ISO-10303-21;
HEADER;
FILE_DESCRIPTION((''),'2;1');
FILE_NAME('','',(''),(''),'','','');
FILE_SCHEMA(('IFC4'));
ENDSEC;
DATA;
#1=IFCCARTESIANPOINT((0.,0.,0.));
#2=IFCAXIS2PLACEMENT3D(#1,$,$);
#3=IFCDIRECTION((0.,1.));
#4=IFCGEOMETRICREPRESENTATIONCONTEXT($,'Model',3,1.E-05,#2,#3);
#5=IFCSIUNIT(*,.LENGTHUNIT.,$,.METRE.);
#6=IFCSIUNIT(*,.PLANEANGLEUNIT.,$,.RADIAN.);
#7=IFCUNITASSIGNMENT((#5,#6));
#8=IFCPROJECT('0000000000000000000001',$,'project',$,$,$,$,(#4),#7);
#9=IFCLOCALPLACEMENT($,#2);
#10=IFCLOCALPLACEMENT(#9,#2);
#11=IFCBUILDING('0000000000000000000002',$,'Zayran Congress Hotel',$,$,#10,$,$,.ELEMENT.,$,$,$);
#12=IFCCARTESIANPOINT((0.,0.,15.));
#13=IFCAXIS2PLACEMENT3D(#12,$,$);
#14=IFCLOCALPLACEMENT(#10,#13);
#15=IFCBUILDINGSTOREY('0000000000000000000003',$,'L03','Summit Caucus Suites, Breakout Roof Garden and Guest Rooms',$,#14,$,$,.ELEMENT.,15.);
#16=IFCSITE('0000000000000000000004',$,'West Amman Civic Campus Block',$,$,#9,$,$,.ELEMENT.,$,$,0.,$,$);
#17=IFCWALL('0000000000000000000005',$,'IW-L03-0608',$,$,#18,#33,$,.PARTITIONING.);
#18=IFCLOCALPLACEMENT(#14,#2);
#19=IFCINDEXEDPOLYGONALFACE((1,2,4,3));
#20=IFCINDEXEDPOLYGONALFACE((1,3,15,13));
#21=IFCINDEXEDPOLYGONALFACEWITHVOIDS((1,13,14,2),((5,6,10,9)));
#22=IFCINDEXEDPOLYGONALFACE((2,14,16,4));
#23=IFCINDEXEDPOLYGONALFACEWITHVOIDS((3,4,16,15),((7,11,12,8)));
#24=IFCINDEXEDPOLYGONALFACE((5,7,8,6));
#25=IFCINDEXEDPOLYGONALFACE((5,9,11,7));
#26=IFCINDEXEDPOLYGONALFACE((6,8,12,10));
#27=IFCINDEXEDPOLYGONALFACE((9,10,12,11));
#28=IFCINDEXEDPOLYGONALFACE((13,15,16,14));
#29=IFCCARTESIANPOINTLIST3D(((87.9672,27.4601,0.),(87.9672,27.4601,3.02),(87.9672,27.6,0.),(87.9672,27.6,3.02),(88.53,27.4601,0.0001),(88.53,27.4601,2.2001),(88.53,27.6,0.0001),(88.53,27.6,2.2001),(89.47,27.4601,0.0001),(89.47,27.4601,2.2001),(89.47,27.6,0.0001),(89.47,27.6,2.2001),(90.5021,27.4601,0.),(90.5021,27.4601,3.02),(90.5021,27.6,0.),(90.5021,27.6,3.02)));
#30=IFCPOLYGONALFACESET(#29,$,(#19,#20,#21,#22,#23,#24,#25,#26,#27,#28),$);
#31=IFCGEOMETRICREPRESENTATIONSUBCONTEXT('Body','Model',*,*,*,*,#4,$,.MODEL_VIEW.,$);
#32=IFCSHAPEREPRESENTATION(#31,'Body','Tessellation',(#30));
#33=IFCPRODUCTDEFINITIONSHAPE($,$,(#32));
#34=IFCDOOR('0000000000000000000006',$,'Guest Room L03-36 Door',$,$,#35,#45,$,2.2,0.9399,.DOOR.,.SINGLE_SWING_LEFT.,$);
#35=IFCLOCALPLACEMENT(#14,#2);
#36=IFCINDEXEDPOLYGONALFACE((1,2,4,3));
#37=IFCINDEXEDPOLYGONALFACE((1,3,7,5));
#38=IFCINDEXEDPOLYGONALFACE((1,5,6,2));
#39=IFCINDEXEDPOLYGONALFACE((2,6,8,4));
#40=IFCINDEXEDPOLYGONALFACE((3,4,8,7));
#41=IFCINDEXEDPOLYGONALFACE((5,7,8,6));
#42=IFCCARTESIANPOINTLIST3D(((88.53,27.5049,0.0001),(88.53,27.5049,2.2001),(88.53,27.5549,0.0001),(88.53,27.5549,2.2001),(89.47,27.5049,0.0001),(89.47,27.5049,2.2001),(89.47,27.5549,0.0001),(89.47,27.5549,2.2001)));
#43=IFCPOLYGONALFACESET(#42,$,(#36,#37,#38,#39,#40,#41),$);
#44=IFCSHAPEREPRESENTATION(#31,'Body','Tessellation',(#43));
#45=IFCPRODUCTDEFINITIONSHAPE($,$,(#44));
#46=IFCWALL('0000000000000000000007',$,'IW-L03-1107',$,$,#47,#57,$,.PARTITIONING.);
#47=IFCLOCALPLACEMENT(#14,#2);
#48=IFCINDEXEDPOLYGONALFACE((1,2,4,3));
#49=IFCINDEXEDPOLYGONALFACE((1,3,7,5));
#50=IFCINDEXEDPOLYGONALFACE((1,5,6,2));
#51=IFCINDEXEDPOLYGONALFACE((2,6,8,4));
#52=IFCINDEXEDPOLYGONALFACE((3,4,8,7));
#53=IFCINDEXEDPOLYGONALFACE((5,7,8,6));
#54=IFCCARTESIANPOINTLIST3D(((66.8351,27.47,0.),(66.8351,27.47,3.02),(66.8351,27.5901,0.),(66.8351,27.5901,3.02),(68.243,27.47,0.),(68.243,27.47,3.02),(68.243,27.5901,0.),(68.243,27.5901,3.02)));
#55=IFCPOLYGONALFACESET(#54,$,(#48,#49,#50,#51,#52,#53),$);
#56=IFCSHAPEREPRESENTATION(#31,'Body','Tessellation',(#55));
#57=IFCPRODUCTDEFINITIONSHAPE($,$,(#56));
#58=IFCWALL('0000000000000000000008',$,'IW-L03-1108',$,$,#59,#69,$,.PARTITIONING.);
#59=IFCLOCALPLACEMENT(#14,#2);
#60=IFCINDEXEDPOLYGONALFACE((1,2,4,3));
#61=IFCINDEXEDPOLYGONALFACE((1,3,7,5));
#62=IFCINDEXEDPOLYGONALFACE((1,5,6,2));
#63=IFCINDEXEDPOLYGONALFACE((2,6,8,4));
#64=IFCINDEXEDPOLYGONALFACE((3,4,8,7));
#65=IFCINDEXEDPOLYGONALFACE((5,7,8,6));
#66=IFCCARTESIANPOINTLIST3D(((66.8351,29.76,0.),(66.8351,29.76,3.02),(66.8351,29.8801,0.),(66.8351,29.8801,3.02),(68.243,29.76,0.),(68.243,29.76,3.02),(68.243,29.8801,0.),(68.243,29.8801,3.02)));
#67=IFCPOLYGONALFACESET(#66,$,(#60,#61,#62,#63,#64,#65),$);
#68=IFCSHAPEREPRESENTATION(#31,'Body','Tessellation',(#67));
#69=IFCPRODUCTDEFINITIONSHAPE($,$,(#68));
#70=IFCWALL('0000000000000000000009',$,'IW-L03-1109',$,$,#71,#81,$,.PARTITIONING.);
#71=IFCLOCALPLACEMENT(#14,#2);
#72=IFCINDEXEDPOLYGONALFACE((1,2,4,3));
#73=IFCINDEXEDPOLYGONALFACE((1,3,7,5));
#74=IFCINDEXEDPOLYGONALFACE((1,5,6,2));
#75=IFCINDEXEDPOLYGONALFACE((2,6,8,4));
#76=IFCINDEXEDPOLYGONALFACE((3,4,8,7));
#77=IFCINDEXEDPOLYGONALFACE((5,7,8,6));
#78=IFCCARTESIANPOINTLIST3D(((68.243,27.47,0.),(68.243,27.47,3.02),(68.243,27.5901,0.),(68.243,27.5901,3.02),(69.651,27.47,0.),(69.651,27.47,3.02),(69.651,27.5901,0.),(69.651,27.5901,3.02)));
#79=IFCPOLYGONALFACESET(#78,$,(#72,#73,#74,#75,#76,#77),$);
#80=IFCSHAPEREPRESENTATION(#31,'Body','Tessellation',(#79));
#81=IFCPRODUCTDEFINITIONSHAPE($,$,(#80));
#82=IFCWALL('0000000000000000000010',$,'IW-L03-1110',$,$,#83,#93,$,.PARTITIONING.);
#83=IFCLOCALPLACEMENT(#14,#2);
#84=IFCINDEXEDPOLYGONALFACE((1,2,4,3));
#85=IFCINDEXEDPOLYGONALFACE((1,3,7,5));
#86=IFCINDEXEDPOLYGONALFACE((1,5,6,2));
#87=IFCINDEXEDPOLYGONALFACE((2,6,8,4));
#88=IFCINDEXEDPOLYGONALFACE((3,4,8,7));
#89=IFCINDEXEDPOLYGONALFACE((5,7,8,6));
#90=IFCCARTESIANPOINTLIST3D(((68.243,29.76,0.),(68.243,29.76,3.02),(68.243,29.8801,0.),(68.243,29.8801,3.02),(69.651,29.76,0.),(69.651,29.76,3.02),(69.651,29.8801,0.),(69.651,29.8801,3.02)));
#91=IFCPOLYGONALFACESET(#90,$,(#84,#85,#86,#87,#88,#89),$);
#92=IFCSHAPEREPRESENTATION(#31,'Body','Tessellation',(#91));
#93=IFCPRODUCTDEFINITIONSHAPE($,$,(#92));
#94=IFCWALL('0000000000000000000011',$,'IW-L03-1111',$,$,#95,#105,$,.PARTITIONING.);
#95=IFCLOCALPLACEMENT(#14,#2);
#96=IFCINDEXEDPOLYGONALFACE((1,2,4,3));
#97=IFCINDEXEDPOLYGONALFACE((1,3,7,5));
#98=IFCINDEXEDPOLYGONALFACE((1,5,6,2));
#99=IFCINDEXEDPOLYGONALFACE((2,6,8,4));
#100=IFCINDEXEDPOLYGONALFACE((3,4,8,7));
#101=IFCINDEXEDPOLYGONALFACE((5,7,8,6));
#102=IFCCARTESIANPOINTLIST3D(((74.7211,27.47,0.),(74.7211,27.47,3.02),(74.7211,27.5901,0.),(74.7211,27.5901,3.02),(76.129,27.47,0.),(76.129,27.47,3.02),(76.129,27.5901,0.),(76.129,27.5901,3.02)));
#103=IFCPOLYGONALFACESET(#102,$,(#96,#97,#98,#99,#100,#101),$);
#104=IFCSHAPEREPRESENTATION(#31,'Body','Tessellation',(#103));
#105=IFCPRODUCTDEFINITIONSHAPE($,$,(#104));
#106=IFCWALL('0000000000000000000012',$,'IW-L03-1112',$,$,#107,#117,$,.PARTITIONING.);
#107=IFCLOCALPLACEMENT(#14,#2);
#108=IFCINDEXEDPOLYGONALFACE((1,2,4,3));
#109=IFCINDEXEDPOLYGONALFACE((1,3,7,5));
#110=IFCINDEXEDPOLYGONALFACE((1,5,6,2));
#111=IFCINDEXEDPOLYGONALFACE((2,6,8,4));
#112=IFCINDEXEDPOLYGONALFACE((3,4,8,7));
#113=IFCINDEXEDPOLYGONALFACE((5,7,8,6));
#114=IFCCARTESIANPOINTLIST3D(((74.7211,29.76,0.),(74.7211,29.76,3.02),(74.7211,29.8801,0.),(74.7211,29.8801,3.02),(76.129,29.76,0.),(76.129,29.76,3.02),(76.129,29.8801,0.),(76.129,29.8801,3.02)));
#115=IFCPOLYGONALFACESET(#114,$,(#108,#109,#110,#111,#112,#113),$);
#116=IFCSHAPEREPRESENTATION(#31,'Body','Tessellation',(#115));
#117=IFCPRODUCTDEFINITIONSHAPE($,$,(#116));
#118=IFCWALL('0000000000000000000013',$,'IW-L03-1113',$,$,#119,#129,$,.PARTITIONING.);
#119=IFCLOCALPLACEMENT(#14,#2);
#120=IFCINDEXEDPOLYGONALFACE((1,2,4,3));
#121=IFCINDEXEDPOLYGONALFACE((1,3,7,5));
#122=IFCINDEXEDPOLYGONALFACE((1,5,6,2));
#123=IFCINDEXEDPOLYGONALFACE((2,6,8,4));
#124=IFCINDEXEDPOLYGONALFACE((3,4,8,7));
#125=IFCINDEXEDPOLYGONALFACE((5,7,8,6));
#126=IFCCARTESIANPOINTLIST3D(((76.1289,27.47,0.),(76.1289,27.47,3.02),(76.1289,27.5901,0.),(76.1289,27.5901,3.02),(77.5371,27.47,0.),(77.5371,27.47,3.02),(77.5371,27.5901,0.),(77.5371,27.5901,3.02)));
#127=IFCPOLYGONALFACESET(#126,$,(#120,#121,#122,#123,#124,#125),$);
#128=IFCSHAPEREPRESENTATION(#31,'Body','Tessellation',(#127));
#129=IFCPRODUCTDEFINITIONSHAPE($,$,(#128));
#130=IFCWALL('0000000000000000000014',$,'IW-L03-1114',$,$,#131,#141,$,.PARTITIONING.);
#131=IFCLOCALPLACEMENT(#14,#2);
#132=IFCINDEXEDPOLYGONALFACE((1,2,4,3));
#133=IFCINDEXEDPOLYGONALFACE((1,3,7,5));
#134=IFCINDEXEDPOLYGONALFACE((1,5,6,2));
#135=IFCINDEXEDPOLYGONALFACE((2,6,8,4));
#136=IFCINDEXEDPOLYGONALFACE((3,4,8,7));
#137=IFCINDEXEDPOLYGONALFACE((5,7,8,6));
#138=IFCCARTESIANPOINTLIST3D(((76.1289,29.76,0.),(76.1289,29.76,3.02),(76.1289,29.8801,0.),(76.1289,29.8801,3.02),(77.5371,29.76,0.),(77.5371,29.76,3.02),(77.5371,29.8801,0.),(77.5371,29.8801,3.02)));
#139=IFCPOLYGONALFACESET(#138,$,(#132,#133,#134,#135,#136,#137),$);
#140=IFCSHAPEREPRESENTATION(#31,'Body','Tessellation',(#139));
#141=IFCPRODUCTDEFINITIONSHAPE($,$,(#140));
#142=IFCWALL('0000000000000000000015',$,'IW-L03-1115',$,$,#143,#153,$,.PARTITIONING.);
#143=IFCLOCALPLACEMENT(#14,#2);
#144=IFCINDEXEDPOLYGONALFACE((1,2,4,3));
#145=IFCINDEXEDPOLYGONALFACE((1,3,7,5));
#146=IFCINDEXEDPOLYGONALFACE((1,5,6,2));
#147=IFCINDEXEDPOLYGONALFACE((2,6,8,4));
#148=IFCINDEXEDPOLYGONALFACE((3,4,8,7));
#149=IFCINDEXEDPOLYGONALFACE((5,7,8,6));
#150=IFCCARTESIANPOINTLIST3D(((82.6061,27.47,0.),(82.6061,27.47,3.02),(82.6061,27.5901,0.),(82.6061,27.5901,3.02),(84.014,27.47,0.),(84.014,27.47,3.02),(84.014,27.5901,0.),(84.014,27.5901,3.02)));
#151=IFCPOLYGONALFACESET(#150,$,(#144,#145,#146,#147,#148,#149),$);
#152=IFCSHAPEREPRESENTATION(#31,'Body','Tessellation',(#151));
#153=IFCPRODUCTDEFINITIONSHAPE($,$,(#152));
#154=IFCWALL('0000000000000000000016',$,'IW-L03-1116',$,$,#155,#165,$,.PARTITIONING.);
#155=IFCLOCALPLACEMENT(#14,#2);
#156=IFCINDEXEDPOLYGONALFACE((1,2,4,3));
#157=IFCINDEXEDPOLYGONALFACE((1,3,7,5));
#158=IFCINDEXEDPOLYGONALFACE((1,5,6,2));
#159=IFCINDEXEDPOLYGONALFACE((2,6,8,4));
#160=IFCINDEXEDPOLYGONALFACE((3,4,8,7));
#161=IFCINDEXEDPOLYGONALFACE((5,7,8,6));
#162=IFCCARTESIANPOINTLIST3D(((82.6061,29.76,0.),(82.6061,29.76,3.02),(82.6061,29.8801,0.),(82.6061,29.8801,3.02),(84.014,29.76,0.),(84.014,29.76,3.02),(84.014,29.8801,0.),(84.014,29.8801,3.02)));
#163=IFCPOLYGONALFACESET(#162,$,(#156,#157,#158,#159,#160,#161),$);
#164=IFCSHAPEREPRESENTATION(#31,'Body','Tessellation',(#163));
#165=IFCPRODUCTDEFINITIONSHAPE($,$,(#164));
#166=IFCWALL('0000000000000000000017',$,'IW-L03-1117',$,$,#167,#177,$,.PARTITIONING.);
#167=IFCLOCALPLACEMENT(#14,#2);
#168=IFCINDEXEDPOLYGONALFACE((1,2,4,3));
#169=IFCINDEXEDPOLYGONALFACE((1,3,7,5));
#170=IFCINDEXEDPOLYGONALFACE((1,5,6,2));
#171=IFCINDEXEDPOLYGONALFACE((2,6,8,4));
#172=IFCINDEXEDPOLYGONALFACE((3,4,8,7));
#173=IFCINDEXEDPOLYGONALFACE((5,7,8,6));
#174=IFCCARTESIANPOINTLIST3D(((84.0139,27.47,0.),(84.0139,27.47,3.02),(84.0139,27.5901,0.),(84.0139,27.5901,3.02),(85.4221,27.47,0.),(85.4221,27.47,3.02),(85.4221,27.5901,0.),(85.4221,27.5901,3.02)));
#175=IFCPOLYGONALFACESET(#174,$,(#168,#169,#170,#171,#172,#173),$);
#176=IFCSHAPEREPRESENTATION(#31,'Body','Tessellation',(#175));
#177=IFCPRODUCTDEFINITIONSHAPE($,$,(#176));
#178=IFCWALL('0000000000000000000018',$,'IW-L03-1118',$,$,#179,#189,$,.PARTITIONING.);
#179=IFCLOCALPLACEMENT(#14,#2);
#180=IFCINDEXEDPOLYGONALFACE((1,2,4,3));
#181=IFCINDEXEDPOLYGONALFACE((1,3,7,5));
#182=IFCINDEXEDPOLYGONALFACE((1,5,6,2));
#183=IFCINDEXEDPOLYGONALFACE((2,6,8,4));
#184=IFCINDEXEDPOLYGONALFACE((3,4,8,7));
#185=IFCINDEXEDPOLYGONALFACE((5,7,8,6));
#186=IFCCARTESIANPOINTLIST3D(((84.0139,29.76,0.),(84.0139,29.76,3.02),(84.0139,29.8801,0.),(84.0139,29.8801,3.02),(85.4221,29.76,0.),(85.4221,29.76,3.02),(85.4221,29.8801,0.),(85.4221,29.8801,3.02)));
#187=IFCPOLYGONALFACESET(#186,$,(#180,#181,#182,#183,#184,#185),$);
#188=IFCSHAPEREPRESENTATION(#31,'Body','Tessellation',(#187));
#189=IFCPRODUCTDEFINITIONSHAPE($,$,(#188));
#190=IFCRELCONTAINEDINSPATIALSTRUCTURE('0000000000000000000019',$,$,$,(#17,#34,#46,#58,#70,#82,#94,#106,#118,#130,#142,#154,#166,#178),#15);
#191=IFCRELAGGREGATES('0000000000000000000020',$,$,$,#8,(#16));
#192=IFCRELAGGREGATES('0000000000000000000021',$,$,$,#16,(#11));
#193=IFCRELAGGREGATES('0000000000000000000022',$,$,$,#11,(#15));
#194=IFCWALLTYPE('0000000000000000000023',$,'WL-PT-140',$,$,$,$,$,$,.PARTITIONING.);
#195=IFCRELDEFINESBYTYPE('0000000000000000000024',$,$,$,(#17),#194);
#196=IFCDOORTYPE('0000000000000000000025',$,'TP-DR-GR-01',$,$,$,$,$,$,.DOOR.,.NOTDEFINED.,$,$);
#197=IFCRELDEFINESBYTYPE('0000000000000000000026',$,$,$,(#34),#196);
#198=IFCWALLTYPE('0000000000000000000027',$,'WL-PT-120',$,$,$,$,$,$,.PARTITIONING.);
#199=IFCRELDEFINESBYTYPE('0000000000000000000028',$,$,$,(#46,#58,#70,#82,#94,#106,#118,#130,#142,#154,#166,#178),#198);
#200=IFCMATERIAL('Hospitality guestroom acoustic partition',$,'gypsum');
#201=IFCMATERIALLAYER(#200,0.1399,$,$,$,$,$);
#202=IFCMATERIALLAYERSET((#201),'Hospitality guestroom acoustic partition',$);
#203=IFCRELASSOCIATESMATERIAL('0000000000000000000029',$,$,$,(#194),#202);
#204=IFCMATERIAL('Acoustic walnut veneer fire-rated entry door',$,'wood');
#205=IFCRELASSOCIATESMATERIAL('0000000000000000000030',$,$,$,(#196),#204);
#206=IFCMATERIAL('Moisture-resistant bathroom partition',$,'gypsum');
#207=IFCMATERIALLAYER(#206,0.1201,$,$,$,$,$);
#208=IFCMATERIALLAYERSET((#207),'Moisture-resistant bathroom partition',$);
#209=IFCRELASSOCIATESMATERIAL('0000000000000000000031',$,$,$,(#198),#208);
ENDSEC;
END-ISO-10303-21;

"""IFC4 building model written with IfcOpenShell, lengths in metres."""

from ifc_helpers import new_model, si_unit, direction, frame, frame_2d, origin, place, context, subcontext, project, spatial, rectangle, extrude, material, layer, layer_set, type_object, element, fill, save


model = new_model("IFC4")

# Units and contexts
model_context = context("Model", 3, precision=1e-05, world=origin(), true_north=direction((0.0, 1.0)))
body_context = subcontext(model_context, "Body", "Model", "MODEL_VIEW")
ifc_project = project(units=[si_unit("LENGTHUNIT", "METRE"), si_unit("PLANEANGLEUNIT", "RADIAN")], contexts=[model_context])

# Site, building, storey
site_placement = place(None, origin())
site = spatial("IfcSite", under=ifc_project, at=site_placement, Name="West Amman Civic Campus Block", CompositionType="ELEMENT", RefElevation=0.0)
building_placement = place(site_placement, origin())
building = spatial("IfcBuilding", under=site, at=building_placement, Name="Zayran Congress Hotel", CompositionType="ELEMENT")
storey_placement = place(building_placement, frame((0.0, 0.0, 15.0)))
storey = spatial("IfcBuildingStorey", under=building, at=storey_placement, Name="L03", Description="Summit Caucus Suites, Breakout Roof Garden and Guest Rooms", CompositionType="ELEMENT", Elevation=15.0)

# Wall, opening, door
ifc_material_1 = material(Name="Hospitality guestroom acoustic partition", Category="gypsum")
ifc_layer_1 = layer(ifc_material_1, 0.1399)
ifc_layer_set_1 = layer_set([ifc_layer_1], Name="Hospitality guestroom acoustic partition")
wall_type_1 = type_object("IfcWallType", Name="WL-PT-140", PredefinedType="PARTITIONING", material=ifc_layer_set_1)
ifc_material_2 = material(Name="Acoustic walnut veneer fire-rated entry door", Category="wood")
door_type_1 = type_object("IfcDoorType", Name="TP-DR-GR-01", OperationType="NOTDEFINED", PredefinedType="DOOR", material=ifc_material_2)
wall_1_placement = place(storey_placement, frame((87.967, 27.53, 0.0), z_axis=(0.0, 0.0, 1.0), x_axis=(1.0, 0.0, 0.0)))
wall_1 = element("IfcWall", 1, at=wall_1_placement, inside=storey, type_object=wall_type_1, Name="IW-L03-0608", PredefinedType="PARTITIONING", context=body_context, shape_type="SweptSolid", body=[
    extrude(rectangle(XDim=2.5349, YDim=0.1399, at=frame_2d((1.2676, 0.0))), origin(), (0.0, 0.0, 1.0), 3.02),
])
opening_1_placement = place(wall_1_placement, frame((0.563, 0.0, 0.0)))
opening_1 = element("IfcOpeningElement", 2, at=opening_1_placement, cuts=wall_1, PredefinedType="OPENING", context=body_context, shape_type="SweptSolid", body=[
    extrude(rectangle(XDim=0.9399, YDim=2.2, at=frame_2d((0.47, 1.1001))), frame((0.0, 0.0798, 0.0), z_axis=(0.0, -1.0, 0.0), x_axis=(1.0, 0.0, 0.0)), (0.0, 0.0, 1.0), 0.1599),
])
door_1_placement = place(opening_1_placement, origin())
door_1 = element("IfcDoor", 3, at=door_1_placement, inside=storey, type_object=door_type_1, Name="Guest Room L03-36 Door", OperationType="SINGLE_SWING_LEFT", OverallHeight=2.2, OverallWidth=0.9399, PredefinedType="DOOR", context=body_context, shape_type="SweptSolid", body=[
    extrude(rectangle(XDim=0.9399, YDim=2.2, at=frame_2d((0.47, 1.1001))), frame((0.0, 0.0249, 0.0), z_axis=(0.0, -1.0, 0.0), x_axis=(1.0, 0.0, 0.0)), (0.0, 0.0, 1.0), 0.05),
])
fill(opening_1, door_1)

# Walls
ifc_material_3 = material(Name="Moisture-resistant bathroom partition", Category="gypsum")
ifc_layer_2 = layer(ifc_material_3, 0.1201)
ifc_layer_set_2 = layer_set([ifc_layer_2], Name="Moisture-resistant bathroom partition")
wall_type_2 = type_object("IfcWallType", Name="WL-PT-120", PredefinedType="PARTITIONING", material=ifc_layer_set_2)
for number, where, z_axis, x_axis, name in (
    (4, (66.835, 27.53, 0.0), (0.0, 0.0, 1.0), (1.0, 0.0, 0.0), "IW-L03-1107"),
    (5, (66.835, 29.8201, 0.0), (0.0, 0.0, 1.0), (1.0, 0.0, 0.0), "IW-L03-1108"),
    (6, (68.2429, 27.53, 0.0), (0.0, 0.0, 1.0), (1.0, 0.0, 0.0), "IW-L03-1109"),
    (7, (68.2429, 29.8201, 0.0), (0.0, 0.0, 1.0), (1.0, 0.0, 0.0), "IW-L03-1110"),
    (8, (74.7209, 27.53, 0.0), (0.0, 0.0, 1.0), (1.0, 0.0, 0.0), "IW-L03-1111"),
    (9, (74.7209, 29.8201, 0.0), (0.0, 0.0, 1.0), (1.0, 0.0, 0.0), "IW-L03-1112"),
):
    element("IfcWall", number, at=place(storey_placement, frame(where, z_axis=z_axis, x_axis=x_axis)), inside=storey, type_object=wall_type_2, Name=name, PredefinedType="PARTITIONING", context=body_context, shape_type="SweptSolid", body=[
        extrude(rectangle(XDim=1.408, YDim=0.1201, at=frame_2d((0.7041, 0.0))), origin(), (0.0, 0.0, 1.0), 3.02),
    ])
for number, where, z_axis, x_axis, name in (
    (10, (76.1289, 27.53, 0.0), (0.0, 0.0, 1.0), (1.0, 0.0, 0.0), "IW-L03-1113"),
    (11, (76.1289, 29.8201, 0.0), (0.0, 0.0, 1.0), (1.0, 0.0, 0.0), "IW-L03-1114"),
):
    element("IfcWall", number, at=place(storey_placement, frame(where, z_axis=z_axis, x_axis=x_axis)), inside=storey, type_object=wall_type_2, Name=name, PredefinedType="PARTITIONING", context=body_context, shape_type="SweptSolid", body=[
        extrude(rectangle(XDim=1.4082, YDim=0.1201, at=frame_2d((0.7041, 0.0))), origin(), (0.0, 0.0, 1.0), 3.02),
    ])
for number, where, z_axis, x_axis, name in (
    (12, (82.606, 27.53, 0.0), (0.0, 0.0, 1.0), (1.0, 0.0, 0.0), "IW-L03-1115"),
    (13, (82.606, 29.8201, 0.0), (0.0, 0.0, 1.0), (1.0, 0.0, 0.0), "IW-L03-1116"),
):
    element("IfcWall", number, at=place(storey_placement, frame(where, z_axis=z_axis, x_axis=x_axis)), inside=storey, type_object=wall_type_2, Name=name, PredefinedType="PARTITIONING", context=body_context, shape_type="SweptSolid", body=[
        extrude(rectangle(XDim=1.408, YDim=0.1201, at=frame_2d((0.7041, 0.0))), origin(), (0.0, 0.0, 1.0), 3.02),
    ])
for number, where, z_axis, x_axis, name in (
    (14, (84.0139, 27.53, 0.0), (0.0, 0.0, 1.0), (1.0, 0.0, 0.0), "IW-L03-1117"),
    (15, (84.0139, 29.8201, 0.0), (0.0, 0.0, 1.0), (1.0, 0.0, 0.0), "IW-L03-1118"),
):
    element("IfcWall", number, at=place(storey_placement, frame(where, z_axis=z_axis, x_axis=x_axis)), inside=storey, type_object=wall_type_2, Name=name, PredefinedType="PARTITIONING", context=body_context, shape_type="SweptSolid", body=[
        extrude(rectangle(XDim=1.4082, YDim=0.1201, at=frame_2d((0.7041, 0.0))), origin(), (0.0, 0.0, 1.0), 3.02),
    ])

save(model, "model.ifc")
